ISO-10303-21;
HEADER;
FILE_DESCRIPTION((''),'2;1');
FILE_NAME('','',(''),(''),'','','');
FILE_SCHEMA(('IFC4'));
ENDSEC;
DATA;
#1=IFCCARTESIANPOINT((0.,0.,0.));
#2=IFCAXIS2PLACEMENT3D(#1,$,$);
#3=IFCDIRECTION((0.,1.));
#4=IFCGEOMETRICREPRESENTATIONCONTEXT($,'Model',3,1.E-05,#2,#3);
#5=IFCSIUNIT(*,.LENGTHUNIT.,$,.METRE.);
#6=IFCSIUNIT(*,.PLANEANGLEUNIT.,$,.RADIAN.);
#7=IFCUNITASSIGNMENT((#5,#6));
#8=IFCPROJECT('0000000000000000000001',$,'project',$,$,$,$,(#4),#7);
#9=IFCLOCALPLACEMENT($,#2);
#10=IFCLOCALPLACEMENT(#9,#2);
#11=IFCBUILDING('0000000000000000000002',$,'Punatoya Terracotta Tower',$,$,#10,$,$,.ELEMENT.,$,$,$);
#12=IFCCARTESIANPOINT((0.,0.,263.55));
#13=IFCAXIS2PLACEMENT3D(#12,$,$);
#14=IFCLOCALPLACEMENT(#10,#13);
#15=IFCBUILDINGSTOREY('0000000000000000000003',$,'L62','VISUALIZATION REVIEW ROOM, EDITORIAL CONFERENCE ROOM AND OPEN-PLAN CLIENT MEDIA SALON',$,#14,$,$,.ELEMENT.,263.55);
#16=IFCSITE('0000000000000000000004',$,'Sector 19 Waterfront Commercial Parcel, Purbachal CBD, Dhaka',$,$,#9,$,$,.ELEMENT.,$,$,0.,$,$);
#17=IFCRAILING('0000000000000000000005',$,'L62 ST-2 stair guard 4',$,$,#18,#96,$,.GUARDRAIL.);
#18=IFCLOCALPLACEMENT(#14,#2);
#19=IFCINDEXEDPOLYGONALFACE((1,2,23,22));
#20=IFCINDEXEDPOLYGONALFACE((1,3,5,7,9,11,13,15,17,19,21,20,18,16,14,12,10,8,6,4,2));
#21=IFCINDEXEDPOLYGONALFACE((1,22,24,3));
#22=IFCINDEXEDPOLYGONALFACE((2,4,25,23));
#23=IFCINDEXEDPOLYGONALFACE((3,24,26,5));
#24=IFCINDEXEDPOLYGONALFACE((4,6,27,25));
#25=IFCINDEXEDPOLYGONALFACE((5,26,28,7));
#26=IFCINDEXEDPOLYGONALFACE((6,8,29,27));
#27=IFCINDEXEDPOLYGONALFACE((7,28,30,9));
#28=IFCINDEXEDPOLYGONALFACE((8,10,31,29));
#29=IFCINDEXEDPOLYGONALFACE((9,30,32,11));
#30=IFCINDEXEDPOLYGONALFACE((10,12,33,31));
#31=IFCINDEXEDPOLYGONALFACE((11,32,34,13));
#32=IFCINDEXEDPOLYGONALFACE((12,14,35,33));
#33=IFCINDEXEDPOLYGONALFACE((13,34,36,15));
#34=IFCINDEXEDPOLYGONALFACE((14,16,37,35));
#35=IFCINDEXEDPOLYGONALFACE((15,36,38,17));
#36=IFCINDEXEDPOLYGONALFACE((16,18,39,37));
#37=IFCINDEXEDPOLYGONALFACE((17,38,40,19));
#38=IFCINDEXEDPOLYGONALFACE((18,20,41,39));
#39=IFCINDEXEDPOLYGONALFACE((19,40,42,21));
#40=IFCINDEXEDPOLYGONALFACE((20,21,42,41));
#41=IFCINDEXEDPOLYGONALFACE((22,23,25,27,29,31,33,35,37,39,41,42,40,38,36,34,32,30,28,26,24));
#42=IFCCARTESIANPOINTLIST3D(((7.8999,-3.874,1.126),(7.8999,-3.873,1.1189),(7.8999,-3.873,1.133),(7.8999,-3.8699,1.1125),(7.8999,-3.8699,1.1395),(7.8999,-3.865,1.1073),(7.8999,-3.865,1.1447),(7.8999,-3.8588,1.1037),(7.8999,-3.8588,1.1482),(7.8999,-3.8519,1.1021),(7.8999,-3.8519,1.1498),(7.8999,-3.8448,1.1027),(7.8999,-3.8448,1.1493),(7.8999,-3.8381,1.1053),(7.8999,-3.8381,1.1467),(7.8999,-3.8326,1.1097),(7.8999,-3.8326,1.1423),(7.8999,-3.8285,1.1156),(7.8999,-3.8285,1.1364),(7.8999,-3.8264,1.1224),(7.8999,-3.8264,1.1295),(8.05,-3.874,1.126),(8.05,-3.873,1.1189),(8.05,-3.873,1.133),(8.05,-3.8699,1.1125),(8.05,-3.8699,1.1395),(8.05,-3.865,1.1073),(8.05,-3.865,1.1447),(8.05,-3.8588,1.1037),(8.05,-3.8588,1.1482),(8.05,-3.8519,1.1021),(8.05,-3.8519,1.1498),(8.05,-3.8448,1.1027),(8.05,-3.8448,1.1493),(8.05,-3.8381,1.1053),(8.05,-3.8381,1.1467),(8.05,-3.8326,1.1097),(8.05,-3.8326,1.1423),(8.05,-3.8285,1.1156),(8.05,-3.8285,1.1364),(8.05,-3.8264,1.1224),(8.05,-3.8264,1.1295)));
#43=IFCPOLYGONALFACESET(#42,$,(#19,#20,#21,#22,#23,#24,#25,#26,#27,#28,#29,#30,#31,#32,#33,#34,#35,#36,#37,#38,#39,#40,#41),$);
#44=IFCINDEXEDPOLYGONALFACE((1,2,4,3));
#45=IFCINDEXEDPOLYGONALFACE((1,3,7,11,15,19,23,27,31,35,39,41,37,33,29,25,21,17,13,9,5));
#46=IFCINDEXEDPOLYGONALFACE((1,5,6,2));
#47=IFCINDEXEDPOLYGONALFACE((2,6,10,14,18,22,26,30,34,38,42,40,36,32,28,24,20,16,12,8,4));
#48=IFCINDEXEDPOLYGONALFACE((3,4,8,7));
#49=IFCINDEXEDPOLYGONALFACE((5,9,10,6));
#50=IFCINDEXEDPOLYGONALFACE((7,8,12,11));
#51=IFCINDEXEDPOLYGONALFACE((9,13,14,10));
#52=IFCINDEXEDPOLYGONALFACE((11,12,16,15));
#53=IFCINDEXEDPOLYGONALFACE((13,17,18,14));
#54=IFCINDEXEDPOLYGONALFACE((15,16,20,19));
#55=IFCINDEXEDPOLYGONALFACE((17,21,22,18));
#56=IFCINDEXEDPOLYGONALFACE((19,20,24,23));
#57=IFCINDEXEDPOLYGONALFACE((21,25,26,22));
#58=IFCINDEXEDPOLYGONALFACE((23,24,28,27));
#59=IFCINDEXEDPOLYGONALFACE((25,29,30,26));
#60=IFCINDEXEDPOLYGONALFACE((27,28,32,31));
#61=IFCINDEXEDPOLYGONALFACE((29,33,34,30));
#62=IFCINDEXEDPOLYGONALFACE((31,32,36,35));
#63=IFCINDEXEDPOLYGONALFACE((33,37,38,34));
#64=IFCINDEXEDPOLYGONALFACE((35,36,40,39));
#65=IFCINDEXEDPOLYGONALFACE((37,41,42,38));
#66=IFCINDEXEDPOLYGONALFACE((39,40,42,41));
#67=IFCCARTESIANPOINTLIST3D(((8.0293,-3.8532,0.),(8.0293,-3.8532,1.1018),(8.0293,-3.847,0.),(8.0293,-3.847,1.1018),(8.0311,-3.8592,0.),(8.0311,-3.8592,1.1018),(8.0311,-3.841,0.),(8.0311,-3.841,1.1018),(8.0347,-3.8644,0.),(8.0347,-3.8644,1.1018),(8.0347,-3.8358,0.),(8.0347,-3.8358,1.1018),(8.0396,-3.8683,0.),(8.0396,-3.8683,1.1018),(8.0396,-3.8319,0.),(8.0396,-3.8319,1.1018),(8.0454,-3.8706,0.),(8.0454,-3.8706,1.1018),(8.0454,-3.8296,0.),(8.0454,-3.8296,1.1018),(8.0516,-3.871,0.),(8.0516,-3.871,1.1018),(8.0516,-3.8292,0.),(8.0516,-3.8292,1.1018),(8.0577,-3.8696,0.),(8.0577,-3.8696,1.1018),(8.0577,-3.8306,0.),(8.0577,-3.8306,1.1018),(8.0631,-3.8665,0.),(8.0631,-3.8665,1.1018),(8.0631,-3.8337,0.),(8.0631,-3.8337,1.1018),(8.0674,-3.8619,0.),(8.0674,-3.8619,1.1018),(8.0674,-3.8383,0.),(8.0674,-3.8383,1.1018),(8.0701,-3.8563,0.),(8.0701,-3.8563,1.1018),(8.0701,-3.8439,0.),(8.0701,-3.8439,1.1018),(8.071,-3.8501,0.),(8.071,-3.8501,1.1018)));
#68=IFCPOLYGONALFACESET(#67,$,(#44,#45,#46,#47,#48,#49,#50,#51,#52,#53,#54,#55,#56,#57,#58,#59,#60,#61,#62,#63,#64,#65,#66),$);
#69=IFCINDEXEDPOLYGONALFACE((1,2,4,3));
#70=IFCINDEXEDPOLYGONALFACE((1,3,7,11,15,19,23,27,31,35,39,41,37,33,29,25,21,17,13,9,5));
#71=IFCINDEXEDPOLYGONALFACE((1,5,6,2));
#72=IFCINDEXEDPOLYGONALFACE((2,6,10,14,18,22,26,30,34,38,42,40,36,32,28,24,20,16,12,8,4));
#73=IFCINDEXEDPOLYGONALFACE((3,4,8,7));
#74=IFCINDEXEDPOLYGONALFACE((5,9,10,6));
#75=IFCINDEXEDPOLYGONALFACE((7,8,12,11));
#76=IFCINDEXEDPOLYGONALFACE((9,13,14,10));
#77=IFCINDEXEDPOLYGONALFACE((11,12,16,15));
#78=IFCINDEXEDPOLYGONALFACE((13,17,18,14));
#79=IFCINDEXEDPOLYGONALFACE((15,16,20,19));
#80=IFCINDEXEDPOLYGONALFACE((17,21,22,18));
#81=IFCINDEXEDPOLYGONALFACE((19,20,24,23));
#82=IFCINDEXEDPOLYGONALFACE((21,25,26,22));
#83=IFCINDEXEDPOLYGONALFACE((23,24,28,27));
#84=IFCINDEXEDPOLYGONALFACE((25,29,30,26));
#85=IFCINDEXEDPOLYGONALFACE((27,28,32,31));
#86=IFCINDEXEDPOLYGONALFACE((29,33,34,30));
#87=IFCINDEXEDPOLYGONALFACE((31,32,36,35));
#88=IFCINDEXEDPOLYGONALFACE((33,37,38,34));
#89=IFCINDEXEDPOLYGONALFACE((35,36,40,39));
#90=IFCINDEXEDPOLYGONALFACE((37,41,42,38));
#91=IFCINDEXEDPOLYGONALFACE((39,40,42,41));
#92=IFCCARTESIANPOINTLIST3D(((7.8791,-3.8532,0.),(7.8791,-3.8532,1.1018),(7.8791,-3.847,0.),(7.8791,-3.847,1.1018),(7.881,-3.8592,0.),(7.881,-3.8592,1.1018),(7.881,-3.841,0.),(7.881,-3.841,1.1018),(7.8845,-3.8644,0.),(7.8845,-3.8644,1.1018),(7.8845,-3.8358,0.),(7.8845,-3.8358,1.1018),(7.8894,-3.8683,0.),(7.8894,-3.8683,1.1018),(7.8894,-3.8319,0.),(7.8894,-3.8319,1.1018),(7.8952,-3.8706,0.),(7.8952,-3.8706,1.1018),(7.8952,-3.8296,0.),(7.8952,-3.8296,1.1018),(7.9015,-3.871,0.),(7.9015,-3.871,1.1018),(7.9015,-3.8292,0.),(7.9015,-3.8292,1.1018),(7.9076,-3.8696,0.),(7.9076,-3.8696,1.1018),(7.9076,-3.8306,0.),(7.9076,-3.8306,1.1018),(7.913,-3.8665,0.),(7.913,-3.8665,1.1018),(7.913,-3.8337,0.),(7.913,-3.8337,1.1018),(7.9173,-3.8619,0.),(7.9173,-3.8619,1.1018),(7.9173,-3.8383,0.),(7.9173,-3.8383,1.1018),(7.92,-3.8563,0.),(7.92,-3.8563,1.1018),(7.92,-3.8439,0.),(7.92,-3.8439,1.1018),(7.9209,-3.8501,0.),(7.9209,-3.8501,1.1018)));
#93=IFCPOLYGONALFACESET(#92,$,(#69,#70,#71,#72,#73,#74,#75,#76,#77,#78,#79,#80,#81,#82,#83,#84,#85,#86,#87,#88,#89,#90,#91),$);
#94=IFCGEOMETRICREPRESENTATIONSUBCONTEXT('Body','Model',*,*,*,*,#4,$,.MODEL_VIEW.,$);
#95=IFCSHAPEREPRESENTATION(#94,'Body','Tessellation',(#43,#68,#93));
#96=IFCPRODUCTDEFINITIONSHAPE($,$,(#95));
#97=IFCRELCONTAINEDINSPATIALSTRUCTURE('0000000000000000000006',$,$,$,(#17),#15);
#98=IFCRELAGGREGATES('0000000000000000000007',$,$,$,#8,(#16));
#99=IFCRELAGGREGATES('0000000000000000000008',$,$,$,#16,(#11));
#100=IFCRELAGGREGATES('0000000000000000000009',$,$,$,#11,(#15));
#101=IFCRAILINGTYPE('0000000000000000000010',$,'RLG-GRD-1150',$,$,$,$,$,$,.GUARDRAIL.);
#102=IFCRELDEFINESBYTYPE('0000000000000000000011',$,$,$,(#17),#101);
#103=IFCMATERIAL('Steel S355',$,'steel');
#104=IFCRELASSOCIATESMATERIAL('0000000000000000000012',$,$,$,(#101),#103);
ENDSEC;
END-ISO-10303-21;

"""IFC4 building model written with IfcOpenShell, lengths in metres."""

from ifc_helpers import new_model, si_unit, direction, frame, origin, origin_2d, place, context, subcontext, project, spatial, circle, extrude, material, type_object, element, save


model = new_model("IFC4")

# Units and contexts
model_context = context("Model", 3, precision=1e-05, world=origin(), true_north=direction((0.0, 1.0)))
body_context = subcontext(model_context, "Body", "Model", "MODEL_VIEW")
ifc_project = project(units=[si_unit("LENGTHUNIT", "METRE"), si_unit("PLANEANGLEUNIT", "RADIAN")], contexts=[model_context])

# Site, building, storey
site_placement = place(None, origin())
site = spatial("IfcSite", under=ifc_project, at=site_placement, Name="Sector 19 Waterfront Commercial Parcel, Purbachal CBD, Dhaka", CompositionType="ELEMENT", RefElevation=0.0)
building_placement = place(site_placement, origin())
building = spatial("IfcBuilding", under=site, at=building_placement, Name="Punatoya Terracotta Tower", CompositionType="ELEMENT")
storey_placement = place(building_placement, frame((0.0, 0.0, 263.55)))
storey = spatial("IfcBuildingStorey", under=building, at=storey_placement, Name="L62", Description="VISUALIZATION REVIEW ROOM, EDITORIAL CONFERENCE ROOM AND OPEN-PLAN CLIENT MEDIA SALON", CompositionType="ELEMENT", Elevation=263.55)

# Shared definitions
ifc_material_1 = material(Name="Steel S355", Category="steel")

# Railing
railing_type_1 = type_object("IfcRailingType", Name="RLG-GRD-1150", PredefinedType="GUARDRAIL", material=ifc_material_1)
railing_1_placement = place(storey_placement, frame((8.05, -3.8501, 0.0)))
element("IfcRailing", 1, at=railing_1_placement, inside=storey, type_object=railing_type_1, Name="L62 ST-2 stair guard 4", PredefinedType="GUARDRAIL", context=body_context, shape_type="SweptSolid", body=[
    extrude(circle(Radius=0.0239, at=origin_2d()), frame((0.0, 0.0, 1.126), z_axis=(-1.0, 0.0, 0.0), x_axis=(0.0, -1.0, 0.0)), (0.0, 0.0, 1.0), 0.1501),
    extrude(circle(Radius=0.021, at=origin_2d()), origin(), (0.0, 0.0, 1.0), 1.1018),
    extrude(circle(Radius=0.021, at=origin_2d()), frame((-0.1501, 0.0, 0.0)), (0.0, 0.0, 1.0), 1.1018),
])

save(model, "model.ifc")
